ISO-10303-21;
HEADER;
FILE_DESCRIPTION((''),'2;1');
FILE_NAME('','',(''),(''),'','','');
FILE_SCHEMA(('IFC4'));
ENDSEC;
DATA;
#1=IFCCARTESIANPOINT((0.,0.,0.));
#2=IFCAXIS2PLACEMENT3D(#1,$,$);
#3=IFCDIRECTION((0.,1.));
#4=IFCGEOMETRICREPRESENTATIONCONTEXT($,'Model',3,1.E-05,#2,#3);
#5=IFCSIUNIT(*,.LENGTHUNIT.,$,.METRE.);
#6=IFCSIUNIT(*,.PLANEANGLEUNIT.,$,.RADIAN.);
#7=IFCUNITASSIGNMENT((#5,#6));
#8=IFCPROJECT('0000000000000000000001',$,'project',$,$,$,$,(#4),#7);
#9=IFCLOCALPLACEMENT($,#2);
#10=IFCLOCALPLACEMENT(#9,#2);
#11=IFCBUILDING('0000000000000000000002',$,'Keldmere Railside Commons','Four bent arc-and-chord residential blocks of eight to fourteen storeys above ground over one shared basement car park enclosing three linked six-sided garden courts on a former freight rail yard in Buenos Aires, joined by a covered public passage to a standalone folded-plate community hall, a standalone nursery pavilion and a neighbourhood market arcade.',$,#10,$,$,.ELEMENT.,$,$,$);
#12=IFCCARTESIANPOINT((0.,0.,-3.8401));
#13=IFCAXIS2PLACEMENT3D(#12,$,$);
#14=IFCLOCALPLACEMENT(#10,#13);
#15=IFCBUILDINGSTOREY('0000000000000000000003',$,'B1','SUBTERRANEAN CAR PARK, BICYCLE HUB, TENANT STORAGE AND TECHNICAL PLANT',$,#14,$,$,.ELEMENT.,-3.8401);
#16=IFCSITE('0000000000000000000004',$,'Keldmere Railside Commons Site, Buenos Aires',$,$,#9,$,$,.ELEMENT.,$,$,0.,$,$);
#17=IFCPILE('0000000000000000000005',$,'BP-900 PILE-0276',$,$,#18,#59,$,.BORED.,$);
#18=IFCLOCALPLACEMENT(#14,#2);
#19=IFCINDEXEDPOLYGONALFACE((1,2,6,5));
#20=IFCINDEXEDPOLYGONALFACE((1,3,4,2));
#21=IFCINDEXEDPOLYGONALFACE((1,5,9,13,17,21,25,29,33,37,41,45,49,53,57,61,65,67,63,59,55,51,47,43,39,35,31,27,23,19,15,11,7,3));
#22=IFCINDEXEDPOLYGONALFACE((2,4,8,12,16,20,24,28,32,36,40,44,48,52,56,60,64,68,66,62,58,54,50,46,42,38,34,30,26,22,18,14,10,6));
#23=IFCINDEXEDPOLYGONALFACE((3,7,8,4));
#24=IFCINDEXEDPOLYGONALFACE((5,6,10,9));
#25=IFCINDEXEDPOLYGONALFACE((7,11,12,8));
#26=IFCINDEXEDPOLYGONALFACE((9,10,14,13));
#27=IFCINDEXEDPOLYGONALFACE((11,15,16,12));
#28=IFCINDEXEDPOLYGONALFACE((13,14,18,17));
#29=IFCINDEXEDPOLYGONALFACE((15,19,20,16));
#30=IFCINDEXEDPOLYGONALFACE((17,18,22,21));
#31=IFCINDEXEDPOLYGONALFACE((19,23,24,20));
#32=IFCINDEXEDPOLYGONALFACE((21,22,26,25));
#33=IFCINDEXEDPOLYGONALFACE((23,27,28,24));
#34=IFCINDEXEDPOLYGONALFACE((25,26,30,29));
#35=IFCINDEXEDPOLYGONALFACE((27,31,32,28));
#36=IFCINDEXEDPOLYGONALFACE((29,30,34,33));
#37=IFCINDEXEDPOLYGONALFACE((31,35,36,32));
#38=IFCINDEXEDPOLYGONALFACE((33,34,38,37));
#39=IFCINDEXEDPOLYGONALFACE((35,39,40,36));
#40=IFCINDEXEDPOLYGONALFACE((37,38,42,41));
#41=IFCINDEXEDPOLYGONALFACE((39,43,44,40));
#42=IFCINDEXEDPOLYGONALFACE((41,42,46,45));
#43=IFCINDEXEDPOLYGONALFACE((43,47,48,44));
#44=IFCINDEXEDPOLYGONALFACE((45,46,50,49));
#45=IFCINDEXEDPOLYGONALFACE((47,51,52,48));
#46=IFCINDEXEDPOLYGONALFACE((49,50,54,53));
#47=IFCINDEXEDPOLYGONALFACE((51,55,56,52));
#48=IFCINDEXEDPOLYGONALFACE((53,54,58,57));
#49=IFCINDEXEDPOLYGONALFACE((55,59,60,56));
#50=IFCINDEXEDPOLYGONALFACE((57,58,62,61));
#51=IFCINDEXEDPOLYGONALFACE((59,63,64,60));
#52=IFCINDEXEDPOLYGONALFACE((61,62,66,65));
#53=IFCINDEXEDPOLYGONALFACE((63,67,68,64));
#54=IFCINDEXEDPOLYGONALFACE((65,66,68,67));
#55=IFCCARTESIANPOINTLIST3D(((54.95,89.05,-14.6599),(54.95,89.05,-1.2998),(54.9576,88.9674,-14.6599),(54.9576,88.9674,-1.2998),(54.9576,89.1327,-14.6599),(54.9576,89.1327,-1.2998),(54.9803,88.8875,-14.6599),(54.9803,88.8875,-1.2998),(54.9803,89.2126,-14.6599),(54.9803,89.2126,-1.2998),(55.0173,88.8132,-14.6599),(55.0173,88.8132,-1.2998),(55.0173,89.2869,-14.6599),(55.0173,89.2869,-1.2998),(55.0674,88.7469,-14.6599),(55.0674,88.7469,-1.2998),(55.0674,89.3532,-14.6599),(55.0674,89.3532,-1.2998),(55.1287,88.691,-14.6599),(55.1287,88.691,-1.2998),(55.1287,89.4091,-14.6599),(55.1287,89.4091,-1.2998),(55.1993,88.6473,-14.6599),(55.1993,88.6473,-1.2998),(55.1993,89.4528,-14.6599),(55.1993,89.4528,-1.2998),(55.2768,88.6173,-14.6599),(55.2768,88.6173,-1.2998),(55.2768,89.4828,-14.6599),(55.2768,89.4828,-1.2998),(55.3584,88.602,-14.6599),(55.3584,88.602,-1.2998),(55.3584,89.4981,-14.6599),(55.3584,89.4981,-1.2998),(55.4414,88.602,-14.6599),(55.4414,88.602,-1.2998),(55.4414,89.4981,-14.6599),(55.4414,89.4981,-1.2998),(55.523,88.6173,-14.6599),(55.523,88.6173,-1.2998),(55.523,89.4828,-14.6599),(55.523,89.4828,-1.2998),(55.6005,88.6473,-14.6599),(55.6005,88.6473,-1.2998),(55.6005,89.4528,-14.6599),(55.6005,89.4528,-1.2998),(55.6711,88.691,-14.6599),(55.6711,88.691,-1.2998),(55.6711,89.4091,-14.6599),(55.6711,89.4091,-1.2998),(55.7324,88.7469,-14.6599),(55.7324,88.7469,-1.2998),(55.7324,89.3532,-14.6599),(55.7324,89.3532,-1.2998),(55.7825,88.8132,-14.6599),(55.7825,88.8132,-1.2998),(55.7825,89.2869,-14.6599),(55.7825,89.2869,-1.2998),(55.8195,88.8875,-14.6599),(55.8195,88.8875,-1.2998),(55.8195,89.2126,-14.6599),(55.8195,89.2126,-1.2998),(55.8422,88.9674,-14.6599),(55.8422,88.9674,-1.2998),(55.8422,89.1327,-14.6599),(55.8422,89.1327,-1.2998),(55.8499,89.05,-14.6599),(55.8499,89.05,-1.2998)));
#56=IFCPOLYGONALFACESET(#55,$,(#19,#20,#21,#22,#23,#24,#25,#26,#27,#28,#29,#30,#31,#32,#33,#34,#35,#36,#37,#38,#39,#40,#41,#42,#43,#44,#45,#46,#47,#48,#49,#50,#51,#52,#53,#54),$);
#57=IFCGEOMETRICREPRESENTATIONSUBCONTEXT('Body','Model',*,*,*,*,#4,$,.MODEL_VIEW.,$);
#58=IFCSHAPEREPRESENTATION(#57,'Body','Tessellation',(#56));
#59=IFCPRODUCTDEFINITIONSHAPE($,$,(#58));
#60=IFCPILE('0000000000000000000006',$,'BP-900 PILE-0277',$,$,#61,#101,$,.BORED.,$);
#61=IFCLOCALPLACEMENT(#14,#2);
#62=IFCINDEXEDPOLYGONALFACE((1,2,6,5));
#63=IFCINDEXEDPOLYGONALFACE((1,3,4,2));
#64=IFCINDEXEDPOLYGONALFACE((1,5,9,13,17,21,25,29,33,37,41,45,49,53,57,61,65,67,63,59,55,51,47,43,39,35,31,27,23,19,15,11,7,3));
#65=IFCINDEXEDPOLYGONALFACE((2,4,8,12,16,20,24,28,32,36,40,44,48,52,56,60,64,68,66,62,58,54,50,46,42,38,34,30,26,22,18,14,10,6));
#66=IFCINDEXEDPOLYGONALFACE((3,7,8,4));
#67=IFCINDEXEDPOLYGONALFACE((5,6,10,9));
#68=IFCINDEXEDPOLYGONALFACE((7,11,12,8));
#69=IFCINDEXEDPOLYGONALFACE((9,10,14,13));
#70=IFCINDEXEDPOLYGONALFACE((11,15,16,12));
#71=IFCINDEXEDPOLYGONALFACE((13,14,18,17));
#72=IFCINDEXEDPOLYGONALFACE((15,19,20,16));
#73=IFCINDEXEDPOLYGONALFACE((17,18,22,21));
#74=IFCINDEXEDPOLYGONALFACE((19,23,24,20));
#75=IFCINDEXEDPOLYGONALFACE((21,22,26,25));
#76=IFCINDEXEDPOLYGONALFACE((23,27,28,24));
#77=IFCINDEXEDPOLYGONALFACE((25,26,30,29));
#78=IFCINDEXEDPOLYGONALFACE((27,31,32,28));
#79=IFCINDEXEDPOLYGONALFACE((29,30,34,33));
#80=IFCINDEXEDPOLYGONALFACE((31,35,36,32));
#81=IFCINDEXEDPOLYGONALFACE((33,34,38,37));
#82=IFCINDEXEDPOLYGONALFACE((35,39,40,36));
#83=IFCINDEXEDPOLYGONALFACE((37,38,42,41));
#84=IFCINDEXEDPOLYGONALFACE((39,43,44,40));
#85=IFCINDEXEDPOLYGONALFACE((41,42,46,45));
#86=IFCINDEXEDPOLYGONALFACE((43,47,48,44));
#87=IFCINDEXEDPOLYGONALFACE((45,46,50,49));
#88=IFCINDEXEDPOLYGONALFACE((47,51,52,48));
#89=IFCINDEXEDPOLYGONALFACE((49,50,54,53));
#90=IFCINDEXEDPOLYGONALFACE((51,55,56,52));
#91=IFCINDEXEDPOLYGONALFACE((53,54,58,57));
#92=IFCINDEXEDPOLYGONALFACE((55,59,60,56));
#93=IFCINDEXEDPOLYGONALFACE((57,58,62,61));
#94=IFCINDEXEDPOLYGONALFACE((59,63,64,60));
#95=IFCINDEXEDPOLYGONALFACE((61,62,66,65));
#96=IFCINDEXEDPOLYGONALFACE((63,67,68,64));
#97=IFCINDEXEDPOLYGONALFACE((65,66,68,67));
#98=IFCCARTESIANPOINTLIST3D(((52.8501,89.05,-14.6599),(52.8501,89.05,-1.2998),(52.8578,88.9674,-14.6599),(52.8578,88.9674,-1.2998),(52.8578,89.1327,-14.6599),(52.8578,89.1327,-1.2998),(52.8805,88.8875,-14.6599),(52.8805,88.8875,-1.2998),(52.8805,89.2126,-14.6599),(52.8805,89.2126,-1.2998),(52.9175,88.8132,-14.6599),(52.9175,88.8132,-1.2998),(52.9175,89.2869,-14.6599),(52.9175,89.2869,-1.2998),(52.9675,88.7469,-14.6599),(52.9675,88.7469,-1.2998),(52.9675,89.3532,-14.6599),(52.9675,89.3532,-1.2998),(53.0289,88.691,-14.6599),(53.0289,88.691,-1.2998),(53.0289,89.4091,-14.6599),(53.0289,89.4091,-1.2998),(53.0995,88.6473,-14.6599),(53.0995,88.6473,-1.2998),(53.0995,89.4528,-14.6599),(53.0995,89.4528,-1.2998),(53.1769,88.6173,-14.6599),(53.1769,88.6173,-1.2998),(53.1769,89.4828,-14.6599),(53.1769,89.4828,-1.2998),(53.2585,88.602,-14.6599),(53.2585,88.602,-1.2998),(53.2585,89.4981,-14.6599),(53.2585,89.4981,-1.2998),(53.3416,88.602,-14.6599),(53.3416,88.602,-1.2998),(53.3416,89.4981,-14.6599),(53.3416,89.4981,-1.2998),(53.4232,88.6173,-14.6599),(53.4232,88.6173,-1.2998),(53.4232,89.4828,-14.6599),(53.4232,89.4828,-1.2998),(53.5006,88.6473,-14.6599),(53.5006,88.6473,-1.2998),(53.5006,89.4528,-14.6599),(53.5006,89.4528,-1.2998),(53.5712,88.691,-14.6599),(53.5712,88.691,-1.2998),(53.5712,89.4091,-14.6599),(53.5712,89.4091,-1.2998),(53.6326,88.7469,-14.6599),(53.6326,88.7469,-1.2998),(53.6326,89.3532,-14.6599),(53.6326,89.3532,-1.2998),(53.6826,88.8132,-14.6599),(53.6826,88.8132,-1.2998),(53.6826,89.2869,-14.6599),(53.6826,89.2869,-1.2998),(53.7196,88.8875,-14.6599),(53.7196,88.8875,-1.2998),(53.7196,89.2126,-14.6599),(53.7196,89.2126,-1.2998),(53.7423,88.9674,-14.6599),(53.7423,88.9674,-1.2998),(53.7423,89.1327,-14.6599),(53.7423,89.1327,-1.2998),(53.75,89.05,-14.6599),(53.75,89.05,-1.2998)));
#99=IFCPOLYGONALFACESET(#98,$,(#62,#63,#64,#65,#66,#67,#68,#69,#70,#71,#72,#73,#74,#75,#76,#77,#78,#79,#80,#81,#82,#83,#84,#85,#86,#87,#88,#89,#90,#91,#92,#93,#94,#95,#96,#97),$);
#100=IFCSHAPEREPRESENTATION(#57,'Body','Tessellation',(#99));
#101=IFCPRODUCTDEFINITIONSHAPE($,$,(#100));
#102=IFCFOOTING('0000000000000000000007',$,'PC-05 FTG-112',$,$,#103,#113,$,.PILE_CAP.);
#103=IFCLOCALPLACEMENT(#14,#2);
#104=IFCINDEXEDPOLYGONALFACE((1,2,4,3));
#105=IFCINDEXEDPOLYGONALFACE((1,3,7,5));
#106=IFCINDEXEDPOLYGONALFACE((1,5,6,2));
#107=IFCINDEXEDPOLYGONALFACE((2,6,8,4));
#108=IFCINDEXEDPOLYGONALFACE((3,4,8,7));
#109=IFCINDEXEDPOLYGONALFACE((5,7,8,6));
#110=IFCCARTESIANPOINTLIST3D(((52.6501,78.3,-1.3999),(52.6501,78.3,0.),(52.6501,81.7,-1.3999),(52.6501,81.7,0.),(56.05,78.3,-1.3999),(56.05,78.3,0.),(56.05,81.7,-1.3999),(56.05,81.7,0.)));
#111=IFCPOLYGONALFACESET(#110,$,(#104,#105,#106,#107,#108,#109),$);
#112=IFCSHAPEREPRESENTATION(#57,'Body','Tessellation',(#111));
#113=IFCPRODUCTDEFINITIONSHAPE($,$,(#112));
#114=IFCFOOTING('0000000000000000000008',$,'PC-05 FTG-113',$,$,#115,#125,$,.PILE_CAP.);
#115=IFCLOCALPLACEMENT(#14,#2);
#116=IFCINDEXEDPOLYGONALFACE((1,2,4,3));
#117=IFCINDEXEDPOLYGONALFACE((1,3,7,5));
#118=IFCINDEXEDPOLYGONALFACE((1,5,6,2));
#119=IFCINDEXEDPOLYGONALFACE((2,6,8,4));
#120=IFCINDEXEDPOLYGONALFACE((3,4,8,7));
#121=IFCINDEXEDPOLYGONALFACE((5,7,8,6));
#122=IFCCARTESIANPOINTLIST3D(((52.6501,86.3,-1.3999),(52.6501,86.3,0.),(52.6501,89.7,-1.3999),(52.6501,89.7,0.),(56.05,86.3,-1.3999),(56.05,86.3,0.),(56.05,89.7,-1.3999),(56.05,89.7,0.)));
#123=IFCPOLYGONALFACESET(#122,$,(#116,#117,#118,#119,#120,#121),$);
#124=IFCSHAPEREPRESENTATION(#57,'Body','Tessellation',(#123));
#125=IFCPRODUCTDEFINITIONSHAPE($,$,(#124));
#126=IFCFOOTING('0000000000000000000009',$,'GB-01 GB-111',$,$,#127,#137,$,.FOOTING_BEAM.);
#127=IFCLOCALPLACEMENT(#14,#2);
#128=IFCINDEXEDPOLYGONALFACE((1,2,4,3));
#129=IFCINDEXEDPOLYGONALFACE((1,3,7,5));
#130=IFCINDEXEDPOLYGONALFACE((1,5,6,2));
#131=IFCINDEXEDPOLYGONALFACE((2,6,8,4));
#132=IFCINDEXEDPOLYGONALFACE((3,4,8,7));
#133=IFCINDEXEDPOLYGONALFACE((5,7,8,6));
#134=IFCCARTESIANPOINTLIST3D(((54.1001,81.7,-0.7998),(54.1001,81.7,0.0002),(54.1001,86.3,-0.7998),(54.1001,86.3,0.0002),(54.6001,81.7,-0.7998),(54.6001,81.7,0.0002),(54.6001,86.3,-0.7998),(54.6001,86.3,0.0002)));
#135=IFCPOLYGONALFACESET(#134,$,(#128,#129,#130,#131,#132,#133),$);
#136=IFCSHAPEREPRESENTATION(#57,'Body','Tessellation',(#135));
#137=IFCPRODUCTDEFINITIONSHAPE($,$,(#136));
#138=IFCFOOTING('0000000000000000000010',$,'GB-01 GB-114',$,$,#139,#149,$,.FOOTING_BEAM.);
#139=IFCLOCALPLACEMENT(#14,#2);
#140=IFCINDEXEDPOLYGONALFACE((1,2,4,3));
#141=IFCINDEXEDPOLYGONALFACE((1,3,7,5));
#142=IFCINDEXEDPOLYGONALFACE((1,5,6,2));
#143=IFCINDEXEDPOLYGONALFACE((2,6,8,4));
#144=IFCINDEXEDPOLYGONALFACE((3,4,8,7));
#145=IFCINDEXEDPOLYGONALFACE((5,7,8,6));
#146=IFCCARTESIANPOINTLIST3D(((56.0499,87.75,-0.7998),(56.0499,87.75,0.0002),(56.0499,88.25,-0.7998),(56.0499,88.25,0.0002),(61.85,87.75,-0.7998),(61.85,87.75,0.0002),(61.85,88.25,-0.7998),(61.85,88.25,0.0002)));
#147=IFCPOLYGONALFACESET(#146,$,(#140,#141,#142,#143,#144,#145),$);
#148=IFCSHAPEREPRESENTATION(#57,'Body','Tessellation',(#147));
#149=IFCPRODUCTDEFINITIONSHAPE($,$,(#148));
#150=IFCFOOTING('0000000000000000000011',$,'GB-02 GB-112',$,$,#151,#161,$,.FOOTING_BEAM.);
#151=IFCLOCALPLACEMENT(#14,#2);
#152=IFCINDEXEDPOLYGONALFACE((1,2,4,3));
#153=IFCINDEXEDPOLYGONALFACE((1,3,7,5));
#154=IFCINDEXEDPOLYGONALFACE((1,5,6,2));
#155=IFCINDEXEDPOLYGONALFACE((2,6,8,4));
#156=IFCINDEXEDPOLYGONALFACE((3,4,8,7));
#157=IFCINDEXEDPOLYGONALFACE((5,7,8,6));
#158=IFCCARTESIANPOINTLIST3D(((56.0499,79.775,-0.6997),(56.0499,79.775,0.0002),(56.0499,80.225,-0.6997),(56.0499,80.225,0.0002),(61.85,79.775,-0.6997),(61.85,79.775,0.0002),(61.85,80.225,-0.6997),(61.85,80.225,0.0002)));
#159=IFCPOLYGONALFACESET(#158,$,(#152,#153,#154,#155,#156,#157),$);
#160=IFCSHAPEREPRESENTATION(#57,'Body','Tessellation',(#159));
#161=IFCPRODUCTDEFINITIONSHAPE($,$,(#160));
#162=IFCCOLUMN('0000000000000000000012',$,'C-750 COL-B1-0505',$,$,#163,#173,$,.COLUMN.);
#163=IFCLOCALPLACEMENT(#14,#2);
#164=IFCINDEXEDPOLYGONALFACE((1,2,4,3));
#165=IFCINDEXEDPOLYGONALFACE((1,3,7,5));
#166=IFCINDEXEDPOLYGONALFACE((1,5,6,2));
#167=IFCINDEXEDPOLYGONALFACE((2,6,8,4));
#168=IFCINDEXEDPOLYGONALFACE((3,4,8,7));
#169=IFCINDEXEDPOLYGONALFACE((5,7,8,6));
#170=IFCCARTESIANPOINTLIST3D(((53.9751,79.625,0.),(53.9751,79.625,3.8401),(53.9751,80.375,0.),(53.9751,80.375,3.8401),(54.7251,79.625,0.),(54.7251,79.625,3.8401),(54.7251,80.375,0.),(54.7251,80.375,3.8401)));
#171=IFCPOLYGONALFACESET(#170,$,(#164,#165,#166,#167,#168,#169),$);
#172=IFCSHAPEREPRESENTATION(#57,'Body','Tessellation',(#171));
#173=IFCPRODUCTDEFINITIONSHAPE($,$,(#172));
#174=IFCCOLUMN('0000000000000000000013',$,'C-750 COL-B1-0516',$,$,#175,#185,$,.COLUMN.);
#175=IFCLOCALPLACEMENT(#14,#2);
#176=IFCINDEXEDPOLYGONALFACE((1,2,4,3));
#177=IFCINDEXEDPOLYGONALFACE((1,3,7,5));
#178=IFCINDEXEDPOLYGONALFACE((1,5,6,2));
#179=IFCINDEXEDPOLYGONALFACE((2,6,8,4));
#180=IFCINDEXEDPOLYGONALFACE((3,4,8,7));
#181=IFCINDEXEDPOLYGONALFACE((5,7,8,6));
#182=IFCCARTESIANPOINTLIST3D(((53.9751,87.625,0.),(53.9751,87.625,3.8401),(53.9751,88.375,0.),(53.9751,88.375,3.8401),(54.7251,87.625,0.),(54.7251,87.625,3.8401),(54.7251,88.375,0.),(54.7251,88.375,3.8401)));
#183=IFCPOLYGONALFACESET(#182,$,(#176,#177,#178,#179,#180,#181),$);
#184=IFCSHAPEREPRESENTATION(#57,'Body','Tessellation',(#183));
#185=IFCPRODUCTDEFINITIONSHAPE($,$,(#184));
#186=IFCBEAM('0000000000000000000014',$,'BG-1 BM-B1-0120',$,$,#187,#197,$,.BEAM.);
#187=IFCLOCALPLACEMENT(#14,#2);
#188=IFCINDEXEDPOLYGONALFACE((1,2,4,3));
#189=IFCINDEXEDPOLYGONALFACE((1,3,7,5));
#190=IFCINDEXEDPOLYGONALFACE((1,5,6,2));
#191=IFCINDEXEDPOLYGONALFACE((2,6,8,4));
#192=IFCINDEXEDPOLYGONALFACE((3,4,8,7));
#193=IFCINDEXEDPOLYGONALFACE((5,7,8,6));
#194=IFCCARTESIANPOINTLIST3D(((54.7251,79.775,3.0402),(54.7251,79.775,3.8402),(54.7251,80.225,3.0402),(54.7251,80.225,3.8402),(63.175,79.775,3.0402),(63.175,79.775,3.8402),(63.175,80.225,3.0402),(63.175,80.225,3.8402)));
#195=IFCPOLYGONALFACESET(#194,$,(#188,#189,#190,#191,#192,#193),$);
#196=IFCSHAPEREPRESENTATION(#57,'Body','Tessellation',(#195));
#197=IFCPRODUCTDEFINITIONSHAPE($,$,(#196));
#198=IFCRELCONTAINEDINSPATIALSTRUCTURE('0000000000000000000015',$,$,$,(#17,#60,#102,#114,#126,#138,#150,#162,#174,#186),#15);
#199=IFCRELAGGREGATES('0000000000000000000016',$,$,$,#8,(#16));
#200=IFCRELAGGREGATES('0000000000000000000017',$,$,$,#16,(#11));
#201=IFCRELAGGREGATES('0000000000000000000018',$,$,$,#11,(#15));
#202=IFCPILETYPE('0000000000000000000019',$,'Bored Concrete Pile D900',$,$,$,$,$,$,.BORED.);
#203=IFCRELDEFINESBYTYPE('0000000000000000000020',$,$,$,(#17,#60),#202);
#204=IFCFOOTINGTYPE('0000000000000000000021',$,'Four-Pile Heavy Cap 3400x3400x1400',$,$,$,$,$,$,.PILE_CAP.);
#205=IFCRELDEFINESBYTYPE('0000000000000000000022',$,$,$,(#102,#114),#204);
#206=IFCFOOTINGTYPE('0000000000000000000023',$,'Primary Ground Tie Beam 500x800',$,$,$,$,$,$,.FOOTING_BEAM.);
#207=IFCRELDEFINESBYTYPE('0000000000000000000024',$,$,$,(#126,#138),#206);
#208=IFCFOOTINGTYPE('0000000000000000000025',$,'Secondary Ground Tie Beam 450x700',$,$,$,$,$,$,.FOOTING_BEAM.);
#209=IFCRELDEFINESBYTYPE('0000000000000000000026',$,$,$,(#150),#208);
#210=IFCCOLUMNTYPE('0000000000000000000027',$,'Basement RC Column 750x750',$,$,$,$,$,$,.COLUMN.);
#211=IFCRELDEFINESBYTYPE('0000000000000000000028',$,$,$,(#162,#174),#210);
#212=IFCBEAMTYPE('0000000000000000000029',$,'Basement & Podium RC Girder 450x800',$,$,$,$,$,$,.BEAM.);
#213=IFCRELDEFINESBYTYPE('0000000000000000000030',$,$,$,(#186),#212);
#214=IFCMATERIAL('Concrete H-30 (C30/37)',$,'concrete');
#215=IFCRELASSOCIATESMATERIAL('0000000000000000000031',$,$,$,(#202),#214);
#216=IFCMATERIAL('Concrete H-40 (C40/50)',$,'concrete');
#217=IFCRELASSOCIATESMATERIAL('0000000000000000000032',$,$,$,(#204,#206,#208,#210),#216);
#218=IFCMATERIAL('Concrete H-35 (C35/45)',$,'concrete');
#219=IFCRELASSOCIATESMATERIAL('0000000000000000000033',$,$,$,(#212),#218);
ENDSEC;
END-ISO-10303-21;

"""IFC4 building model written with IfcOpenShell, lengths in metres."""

from ifc_helpers import new_model, si_unit, direction, frame, origin, origin_2d, place, context, subcontext, project, spatial, rectangle, circle, extrude, material, material_profile, profile_set, type_object, element, save


model = new_model("IFC4")

# Units and contexts
model_context = context("Model", 3, precision=1e-05, world=origin(), true_north=direction((0.0, 1.0)))
body_context = subcontext(model_context, "Body", "Model", "MODEL_VIEW")
ifc_project = project(units=[si_unit("LENGTHUNIT", "METRE"), si_unit("PLANEANGLEUNIT", "RADIAN")], contexts=[model_context])

# Site, building, storey
site_placement = place(None, origin())
site = spatial("IfcSite", under=ifc_project, at=site_placement, Name="Keldmere Railside Commons Site, Buenos Aires", CompositionType="ELEMENT", RefElevation=0.0)
building_placement = place(site_placement, origin())
building = spatial("IfcBuilding", under=site, at=building_placement, Name="Keldmere Railside Commons", Description="Four bent arc-and-chord residential blocks of eight to fourteen storeys above ground over one shared basement car park enclosing three linked six-sided garden courts on a former freight rail yard in Buenos Aires, joined by a covered public passage to a standalone folded-plate community hall, a standalone nursery pavilion and a neighbourhood market arcade.", CompositionType="ELEMENT")
storey_placement = place(building_placement, frame((0.0, 0.0, -3.8401)))
storey = spatial("IfcBuildingStorey", under=building, at=storey_placement, Name="B1", Description="SUBTERRANEAN CAR PARK, BICYCLE HUB, TENANT STORAGE AND TECHNICAL PLANT", CompositionType="ELEMENT", Elevation=-3.8401)

# Piles
ifc_material_1 = material(Name="Concrete H-30 (C30/37)", Category="concrete")
ifc_material_profile_1 = material_profile(ifc_material_1, circle(Radius=0.45, at=origin_2d()), Name="PILE-D900")
ifc_profile_set_1 = profile_set([ifc_material_profile_1], Name="Concrete H-30 (C30/37)")
pile_type = type_object("IfcPileType", Name="Bored Concrete Pile D900", PredefinedType="BORED", material=ifc_profile_set_1)
for number, where, z_axis, x_axis, name in (
    (1, (55.3999, 89.05, -1.2998), (0.0, 0.0, -1.0), (1.0, 0.0, 0.0), "BP-900 PILE-0276"),
    (2, (53.3, 89.05, -1.2998), (0.0, 0.0, -1.0), (1.0, 0.0, 0.0), "BP-900 PILE-0277"),
):
    element("IfcPile", number, at=place(storey_placement, frame(where, z_axis=z_axis, x_axis=x_axis)), inside=storey, type_object=pile_type, Name=name, PredefinedType="BORED", context=body_context, shape_type="SweptSolid", body=[
        extrude(circle(Radius=0.45, at=origin_2d()), origin(), (0.0, 0.0, 1.0), 13.3601),
    ])

# Footings
ifc_material_2 = material(Name="Concrete H-40 (C40/50)", Category="concrete")
footing_type_1 = type_object("IfcFootingType", Name="Four-Pile Heavy Cap 3400x3400x1400", PredefinedType="PILE_CAP", material=ifc_material_2)
for number, where, z_axis, x_axis, name in (
    (3, (54.3501, 80.0, -1.3999), (0.0, 0.0, 1.0), (1.0, 0.0, 0.0), "PC-05 FTG-112"),
    (4, (54.3501, 88.0, -1.3999), (0.0, 0.0, 1.0), (1.0, 0.0, 0.0), "PC-05 FTG-113"),
):
    element("IfcFooting", number, at=place(storey_placement, frame(where, z_axis=z_axis, x_axis=x_axis)), inside=storey, type_object=footing_type_1, Name=name, PredefinedType="PILE_CAP", context=body_context, shape_type="SweptSolid", body=[
        extrude(rectangle(XDim=3.3999, YDim=3.3999, at=origin_2d()), origin(), (0.0, 0.0, 1.0), 1.3999),
    ])
footing_type_2 = type_object("IfcFootingType", Name="Primary Ground Tie Beam 500x800", PredefinedType="FOOTING_BEAM", material=ifc_material_2)
footing_1_placement = place(storey_placement, frame((54.3501, 84.0, -0.7998), z_axis=(0.0, 0.0, 1.0), x_axis=(0.0, 1.0, 0.0)))
element("IfcFooting", 5, at=footing_1_placement, inside=storey, type_object=footing_type_2, Name="GB-01 GB-111", PredefinedType="FOOTING_BEAM", context=body_context, shape_type="SweptSolid", body=[
    extrude(rectangle(XDim=4.6001, YDim=0.5, at=origin_2d()), origin(), (0.0, 0.0, 1.0), 0.8),
])
footing_2_placement = place(storey_placement, frame((58.95, 88.0, -0.7998), z_axis=(0.0, 0.0, 1.0), x_axis=(1.0, 0.0, 0.0)))
element("IfcFooting", 6, at=footing_2_placement, inside=storey, type_object=footing_type_2, Name="GB-01 GB-114", PredefinedType="FOOTING_BEAM", context=body_context, shape_type="SweptSolid", body=[
    extrude(rectangle(XDim=5.8, YDim=0.5, at=origin_2d()), origin(), (0.0, 0.0, 1.0), 0.8),
])
footing_type_3 = type_object("IfcFootingType", Name="Secondary Ground Tie Beam 450x700", PredefinedType="FOOTING_BEAM", material=ifc_material_2)
footing_3_placement = place(storey_placement, frame((58.95, 80.0, -0.6997), z_axis=(0.0, 0.0, 1.0), x_axis=(1.0, 0.0, 0.0)))
element("IfcFooting", 7, at=footing_3_placement, inside=storey, type_object=footing_type_3, Name="GB-02 GB-112", PredefinedType="FOOTING_BEAM", context=body_context, shape_type="SweptSolid", body=[
    extrude(rectangle(XDim=5.8, YDim=0.45, at=origin_2d()), origin(), (0.0, 0.0, 1.0), 0.7),
])

# Columns
ifc_material_profile_2 = material_profile(ifc_material_2, rectangle(XDim=0.75, YDim=0.75, at=origin_2d()), Name="RC-750x750")
ifc_profile_set_2 = profile_set([ifc_material_profile_2], Name="Concrete H-40 (C40/50)")
column_type = type_object("IfcColumnType", Name="Basement RC Column 750x750", PredefinedType="COLUMN", material=ifc_profile_set_2)
for number, where, z_axis, x_axis, name in (
    (8, (54.3501, 80.0, 0.0), (0.0, 0.0, 1.0), (1.0, 0.0, 0.0), "C-750 COL-B1-0505"),
    (9, (54.3501, 88.0, 0.0), (0.0, 0.0, 1.0), (1.0, 0.0, 0.0), "C-750 COL-B1-0516"),
):
    element("IfcColumn", number, at=place(storey_placement, frame(where, z_axis=z_axis, x_axis=x_axis)), inside=storey, type_object=column_type, Name=name, PredefinedType="COLUMN", context=body_context, shape_type="SweptSolid", body=[
        extrude(rectangle(XDim=0.75, YDim=0.75, at=origin_2d()), origin(), (0.0, 0.0, 1.0), 3.8401),
    ])

# Beam
ifc_material_3 = material(Name="Concrete H-35 (C35/45)", Category="concrete")
ifc_material_profile_3 = material_profile(ifc_material_3, rectangle(XDim=0.45, YDim=0.8, at=origin_2d()), Name="RC-450x800")
ifc_profile_set_3 = profile_set([ifc_material_profile_3], Name="Concrete H-35 (C35/45)")
beam_type_1 = type_object("IfcBeamType", Name="Basement & Podium RC Girder 450x800", PredefinedType="BEAM", material=ifc_profile_set_3)
for number, where, z_axis, x_axis, name in (
    (10, (54.7251, 80.0, 3.4402), (1.0, 0.0, 0.0), (0.0, 1.0, 0.0), "BG-1 BM-B1-0120"),
):
    element("IfcBeam", number, at=place(storey_placement, frame(where, z_axis=z_axis, x_axis=x_axis)), inside=storey, type_object=beam_type_1, Name=name, PredefinedType="BEAM", context=body_context, shape_type="SweptSolid", body=[
        extrude(rectangle(XDim=0.45, YDim=0.8, at=origin_2d()), origin(), (0.0, 0.0, 1.0), 8.45),
    ])

save(model, "model.ifc")
